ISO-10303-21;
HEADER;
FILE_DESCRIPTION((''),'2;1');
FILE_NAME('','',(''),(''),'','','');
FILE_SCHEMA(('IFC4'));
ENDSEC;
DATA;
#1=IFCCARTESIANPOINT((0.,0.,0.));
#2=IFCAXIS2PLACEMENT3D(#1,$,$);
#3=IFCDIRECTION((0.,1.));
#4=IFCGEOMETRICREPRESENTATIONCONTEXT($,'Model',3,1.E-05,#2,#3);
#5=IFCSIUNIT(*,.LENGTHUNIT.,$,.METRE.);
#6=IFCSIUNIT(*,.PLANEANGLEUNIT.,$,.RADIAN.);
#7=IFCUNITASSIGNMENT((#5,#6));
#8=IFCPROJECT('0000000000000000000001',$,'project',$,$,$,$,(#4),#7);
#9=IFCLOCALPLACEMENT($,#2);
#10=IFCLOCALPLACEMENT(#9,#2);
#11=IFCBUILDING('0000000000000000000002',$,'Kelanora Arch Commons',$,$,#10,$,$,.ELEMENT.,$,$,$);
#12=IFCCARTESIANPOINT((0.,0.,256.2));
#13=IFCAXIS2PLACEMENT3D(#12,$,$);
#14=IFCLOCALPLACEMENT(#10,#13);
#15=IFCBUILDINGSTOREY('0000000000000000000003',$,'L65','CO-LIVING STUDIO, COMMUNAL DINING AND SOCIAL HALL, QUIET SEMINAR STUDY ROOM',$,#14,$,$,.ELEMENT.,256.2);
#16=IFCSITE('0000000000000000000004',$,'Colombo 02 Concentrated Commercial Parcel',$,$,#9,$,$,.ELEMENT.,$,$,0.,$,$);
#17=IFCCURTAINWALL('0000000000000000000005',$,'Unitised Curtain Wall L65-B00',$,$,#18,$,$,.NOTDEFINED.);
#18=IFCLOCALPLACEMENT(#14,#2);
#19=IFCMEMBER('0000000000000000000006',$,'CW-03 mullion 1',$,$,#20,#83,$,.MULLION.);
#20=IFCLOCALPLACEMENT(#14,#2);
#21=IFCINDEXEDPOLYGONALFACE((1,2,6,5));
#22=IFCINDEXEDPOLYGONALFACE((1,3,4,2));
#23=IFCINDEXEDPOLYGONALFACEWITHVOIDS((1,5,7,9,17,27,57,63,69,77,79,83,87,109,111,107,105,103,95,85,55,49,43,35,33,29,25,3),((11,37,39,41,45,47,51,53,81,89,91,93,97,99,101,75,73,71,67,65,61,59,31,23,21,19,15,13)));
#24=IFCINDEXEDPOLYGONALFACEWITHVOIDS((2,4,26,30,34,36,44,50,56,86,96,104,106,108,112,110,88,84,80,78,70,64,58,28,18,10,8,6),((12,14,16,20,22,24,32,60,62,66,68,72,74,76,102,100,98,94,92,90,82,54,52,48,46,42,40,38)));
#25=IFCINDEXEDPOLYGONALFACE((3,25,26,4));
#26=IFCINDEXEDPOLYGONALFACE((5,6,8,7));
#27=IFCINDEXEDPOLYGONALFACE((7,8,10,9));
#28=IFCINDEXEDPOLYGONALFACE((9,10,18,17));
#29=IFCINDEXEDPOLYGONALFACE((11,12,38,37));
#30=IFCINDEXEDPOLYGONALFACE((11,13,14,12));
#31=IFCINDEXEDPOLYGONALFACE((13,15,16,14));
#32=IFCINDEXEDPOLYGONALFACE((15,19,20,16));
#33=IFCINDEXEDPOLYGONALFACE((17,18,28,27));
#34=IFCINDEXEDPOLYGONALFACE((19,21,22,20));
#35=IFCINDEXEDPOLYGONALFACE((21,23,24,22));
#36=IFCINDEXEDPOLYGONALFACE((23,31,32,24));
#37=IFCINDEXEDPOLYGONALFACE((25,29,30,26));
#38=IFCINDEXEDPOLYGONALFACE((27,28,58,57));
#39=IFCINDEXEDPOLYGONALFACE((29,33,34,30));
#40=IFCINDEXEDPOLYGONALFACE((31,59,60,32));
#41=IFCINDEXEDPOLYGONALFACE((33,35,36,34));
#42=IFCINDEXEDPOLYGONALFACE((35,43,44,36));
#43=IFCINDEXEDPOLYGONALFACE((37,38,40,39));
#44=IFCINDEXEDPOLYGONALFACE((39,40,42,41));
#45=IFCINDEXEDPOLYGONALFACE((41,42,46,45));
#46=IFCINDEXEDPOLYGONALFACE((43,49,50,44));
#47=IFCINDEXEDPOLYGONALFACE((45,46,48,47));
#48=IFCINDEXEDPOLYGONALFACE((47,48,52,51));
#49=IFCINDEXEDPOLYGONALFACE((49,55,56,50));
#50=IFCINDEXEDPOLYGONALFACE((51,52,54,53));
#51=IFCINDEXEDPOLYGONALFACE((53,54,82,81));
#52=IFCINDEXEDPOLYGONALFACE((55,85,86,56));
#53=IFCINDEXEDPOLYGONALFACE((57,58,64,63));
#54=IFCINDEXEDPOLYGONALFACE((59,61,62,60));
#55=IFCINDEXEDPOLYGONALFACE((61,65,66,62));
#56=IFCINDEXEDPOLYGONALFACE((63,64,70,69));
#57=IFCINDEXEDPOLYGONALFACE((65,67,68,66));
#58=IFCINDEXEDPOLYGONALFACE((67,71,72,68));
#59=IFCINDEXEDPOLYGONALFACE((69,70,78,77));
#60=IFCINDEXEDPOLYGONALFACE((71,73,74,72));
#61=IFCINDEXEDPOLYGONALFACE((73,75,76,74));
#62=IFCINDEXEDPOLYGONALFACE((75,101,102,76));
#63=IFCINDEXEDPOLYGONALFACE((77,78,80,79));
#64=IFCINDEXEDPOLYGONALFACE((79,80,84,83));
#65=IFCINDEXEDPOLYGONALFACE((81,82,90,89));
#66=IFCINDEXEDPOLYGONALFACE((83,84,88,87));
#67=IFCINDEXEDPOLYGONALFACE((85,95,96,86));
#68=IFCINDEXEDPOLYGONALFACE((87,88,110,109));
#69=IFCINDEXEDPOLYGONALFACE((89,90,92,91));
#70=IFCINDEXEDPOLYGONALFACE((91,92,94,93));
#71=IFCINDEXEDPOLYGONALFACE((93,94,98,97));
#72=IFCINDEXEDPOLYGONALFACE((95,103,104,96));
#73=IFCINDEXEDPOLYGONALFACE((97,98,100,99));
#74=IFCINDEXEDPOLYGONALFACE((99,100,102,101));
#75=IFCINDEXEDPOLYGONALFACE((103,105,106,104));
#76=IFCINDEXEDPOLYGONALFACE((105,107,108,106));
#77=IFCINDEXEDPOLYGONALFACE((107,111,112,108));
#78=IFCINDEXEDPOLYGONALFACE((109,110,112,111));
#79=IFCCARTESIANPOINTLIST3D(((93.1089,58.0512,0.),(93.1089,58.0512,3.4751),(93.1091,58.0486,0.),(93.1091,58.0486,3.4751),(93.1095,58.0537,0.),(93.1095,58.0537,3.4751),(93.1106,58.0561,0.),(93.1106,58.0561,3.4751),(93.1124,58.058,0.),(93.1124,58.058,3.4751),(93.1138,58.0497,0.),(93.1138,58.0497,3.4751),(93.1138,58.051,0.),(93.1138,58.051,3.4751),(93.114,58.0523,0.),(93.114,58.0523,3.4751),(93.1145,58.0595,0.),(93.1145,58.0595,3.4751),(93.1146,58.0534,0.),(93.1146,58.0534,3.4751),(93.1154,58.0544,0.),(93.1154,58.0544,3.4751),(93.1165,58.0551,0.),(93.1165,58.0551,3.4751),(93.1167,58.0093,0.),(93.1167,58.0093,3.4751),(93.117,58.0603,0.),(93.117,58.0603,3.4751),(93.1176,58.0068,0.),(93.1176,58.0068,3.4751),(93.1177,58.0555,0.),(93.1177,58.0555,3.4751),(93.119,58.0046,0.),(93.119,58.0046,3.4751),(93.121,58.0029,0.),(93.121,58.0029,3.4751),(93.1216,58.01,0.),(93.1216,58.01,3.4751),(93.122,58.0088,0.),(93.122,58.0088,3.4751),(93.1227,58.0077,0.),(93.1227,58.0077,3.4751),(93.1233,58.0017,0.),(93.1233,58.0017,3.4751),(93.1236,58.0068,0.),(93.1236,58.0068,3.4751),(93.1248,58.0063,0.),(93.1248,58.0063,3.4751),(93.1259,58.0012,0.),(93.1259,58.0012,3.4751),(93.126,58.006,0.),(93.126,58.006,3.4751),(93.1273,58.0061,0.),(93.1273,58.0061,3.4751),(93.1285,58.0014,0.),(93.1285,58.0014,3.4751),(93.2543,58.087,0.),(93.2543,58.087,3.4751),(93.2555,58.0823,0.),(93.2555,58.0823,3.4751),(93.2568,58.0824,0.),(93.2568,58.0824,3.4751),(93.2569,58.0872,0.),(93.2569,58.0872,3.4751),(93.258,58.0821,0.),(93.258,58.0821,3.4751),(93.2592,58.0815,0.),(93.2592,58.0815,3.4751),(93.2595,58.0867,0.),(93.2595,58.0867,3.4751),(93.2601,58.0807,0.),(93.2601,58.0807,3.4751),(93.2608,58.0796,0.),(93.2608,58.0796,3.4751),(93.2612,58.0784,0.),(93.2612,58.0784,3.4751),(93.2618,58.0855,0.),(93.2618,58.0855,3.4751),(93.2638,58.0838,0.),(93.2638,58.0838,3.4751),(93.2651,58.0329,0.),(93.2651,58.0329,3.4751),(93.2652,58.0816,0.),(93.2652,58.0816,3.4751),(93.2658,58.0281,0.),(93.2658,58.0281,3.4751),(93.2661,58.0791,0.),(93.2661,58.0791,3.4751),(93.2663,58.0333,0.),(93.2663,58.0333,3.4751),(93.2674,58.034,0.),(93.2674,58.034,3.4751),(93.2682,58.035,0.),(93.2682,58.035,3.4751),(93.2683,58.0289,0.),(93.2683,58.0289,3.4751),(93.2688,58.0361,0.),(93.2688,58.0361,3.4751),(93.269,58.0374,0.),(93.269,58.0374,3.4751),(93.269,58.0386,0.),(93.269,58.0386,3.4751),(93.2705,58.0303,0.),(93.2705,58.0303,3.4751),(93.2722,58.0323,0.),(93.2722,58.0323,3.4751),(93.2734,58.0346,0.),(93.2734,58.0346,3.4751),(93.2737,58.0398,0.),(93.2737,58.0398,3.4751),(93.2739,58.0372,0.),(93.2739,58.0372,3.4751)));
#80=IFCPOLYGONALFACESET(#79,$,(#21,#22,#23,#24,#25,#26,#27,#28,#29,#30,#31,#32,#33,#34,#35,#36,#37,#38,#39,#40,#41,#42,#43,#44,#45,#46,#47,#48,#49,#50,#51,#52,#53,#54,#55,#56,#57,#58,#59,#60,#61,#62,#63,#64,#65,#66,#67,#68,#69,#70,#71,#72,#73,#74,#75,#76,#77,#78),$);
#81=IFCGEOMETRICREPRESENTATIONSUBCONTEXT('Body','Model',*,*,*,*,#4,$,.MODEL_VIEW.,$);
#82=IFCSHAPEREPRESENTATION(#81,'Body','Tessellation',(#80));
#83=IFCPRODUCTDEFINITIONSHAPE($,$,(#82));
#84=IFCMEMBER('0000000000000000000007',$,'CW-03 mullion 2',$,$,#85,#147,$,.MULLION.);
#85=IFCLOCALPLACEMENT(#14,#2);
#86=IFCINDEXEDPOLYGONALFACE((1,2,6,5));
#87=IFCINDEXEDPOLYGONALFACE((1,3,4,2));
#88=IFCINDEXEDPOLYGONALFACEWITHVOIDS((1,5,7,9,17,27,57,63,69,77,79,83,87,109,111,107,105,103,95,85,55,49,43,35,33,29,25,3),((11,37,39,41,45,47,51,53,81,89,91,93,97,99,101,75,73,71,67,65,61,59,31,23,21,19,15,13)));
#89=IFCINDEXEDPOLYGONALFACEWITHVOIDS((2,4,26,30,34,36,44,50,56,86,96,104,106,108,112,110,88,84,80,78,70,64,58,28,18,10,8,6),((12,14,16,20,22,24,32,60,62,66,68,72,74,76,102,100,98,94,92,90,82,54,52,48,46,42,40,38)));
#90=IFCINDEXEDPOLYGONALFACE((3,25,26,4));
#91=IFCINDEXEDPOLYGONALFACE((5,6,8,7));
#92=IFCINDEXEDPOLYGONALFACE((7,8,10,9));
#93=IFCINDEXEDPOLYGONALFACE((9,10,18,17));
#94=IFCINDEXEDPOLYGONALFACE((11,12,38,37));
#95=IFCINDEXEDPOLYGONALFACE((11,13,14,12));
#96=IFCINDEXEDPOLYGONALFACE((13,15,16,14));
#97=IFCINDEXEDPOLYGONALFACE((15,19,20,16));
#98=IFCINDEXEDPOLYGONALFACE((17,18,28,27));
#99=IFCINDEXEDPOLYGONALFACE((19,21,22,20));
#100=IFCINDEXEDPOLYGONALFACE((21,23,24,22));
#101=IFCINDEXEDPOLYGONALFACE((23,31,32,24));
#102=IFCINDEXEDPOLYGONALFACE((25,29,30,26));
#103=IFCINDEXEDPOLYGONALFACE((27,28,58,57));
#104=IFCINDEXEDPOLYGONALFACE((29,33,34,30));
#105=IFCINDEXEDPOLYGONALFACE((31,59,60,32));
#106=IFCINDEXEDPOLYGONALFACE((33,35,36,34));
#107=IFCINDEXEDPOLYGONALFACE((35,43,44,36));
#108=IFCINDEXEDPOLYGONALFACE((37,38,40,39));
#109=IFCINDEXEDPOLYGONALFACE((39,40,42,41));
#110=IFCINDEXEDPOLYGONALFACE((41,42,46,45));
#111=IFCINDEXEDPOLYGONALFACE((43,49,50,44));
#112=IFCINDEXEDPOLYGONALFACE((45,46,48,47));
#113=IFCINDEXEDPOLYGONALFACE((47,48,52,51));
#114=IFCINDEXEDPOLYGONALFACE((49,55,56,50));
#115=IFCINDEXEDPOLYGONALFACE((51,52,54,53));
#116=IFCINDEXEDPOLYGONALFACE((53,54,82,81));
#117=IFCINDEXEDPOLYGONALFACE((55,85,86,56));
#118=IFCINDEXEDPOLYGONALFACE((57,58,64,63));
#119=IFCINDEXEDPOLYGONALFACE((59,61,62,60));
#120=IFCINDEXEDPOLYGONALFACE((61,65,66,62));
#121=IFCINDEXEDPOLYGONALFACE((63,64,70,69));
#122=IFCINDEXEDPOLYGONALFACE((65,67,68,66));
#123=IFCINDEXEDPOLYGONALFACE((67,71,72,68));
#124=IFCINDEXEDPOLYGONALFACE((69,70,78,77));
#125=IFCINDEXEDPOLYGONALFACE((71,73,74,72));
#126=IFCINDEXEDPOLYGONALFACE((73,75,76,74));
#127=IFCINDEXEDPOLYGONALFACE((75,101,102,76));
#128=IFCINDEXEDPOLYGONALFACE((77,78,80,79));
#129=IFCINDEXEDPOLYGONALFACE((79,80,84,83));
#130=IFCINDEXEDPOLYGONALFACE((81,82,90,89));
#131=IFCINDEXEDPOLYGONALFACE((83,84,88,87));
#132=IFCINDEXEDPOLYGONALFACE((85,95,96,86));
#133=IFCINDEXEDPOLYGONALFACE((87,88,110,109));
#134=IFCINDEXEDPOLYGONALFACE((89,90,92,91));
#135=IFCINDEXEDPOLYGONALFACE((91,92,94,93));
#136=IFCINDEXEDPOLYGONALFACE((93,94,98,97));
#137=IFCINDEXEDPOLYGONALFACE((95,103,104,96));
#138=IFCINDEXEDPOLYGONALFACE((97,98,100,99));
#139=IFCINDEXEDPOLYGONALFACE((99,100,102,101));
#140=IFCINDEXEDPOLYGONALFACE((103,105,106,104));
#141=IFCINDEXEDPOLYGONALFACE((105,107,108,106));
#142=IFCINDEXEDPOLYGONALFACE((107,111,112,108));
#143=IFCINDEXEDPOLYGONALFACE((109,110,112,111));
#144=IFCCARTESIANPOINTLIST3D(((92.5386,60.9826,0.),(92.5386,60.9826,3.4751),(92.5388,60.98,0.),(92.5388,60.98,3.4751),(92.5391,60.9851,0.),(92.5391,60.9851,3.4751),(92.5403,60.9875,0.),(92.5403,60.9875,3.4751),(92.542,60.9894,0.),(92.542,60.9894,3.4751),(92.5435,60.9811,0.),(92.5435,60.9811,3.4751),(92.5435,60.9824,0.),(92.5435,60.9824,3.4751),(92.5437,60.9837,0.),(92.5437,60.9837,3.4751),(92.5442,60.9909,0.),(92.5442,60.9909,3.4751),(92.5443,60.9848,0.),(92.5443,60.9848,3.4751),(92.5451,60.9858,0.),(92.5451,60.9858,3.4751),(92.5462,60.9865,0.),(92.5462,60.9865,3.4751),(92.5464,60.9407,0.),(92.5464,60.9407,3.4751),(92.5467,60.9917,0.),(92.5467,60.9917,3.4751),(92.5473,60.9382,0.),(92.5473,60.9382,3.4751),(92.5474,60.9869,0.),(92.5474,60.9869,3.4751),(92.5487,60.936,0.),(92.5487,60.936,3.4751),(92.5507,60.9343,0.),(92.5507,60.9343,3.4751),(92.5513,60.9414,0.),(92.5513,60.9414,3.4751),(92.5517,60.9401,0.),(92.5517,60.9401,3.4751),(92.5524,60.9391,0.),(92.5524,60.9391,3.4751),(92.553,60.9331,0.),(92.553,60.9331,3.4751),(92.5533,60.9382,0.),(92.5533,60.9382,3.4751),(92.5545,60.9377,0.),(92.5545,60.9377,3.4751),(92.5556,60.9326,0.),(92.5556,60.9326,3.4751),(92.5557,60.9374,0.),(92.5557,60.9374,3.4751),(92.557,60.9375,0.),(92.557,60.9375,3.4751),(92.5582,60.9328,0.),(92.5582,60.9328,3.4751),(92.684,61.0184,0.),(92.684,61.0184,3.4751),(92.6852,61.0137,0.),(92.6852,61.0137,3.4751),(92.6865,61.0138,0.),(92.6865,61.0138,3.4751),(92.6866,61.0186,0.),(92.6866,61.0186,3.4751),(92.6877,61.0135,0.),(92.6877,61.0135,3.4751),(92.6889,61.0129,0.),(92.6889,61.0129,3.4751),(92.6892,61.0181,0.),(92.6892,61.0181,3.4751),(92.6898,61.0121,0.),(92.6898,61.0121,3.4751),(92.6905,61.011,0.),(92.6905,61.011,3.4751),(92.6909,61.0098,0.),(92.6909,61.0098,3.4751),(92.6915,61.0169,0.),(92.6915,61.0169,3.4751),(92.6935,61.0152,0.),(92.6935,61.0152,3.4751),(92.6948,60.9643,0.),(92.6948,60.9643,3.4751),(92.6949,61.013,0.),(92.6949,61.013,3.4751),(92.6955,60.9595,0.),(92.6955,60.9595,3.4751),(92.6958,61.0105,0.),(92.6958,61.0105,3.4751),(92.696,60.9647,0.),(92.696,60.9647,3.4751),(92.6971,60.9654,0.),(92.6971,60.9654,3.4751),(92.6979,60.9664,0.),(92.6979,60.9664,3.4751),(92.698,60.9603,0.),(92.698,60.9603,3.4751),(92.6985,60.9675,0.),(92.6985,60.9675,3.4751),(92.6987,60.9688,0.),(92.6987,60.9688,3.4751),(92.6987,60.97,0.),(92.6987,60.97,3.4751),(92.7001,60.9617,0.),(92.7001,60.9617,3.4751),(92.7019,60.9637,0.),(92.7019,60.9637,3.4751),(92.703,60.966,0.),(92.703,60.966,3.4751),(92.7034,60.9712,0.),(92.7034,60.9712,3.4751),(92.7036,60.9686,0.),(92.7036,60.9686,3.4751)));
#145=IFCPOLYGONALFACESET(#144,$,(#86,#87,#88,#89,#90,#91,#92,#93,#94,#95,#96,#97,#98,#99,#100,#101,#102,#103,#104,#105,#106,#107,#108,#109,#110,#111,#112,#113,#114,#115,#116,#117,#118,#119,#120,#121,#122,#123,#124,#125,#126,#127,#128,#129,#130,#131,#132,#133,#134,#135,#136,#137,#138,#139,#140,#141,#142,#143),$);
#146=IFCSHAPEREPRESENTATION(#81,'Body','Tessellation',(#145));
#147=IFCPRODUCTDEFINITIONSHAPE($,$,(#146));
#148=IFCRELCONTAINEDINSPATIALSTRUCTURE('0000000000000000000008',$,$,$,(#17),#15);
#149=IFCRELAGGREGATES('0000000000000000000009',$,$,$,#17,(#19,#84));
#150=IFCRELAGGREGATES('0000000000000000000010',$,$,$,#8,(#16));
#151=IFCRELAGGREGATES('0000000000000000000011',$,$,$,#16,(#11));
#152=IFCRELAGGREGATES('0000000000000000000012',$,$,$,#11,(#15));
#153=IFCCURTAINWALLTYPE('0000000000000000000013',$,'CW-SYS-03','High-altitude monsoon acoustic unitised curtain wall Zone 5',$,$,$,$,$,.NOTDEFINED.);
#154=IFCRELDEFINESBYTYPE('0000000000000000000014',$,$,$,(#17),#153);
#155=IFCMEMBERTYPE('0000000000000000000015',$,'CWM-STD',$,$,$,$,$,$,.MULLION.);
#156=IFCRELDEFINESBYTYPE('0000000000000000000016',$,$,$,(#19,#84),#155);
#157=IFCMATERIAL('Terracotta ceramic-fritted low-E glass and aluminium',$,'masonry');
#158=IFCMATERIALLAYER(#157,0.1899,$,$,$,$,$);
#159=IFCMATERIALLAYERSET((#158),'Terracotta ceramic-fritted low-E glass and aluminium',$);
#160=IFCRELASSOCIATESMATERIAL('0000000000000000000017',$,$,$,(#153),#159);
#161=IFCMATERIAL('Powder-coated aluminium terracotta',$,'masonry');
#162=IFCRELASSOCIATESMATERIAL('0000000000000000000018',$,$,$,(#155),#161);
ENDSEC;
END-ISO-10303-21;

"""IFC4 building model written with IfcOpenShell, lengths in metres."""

from ifc_helpers import new_model, si_unit, direction, frame, origin, origin_2d, place, context, subcontext, project, spatial, hollow_rectangle, extrude, material, layer, layer_set, material_profile, profile_set, type_object, element, aggregate, save


model = new_model("IFC4")

# Units and contexts
model_context = context("Model", 3, precision=1e-05, world=origin(), true_north=direction((0.0, 1.0)))
body_context = subcontext(model_context, "Body", "Model", "MODEL_VIEW")
ifc_project = project(units=[si_unit("LENGTHUNIT", "METRE"), si_unit("PLANEANGLEUNIT", "RADIAN")], contexts=[model_context])

# Site, building, storey
site_placement = place(None, origin())
site = spatial("IfcSite", under=ifc_project, at=site_placement, Name="Colombo 02 Concentrated Commercial Parcel", CompositionType="ELEMENT", RefElevation=0.0)
building_placement = place(site_placement, origin())
building = spatial("IfcBuilding", under=site, at=building_placement, Name="Kelanora Arch Commons", CompositionType="ELEMENT")
storey_placement = place(building_placement, frame((0.0, 0.0, 256.2)))
storey = spatial("IfcBuildingStorey", under=building, at=storey_placement, Name="L65", Description="CO-LIVING STUDIO, COMMUNAL DINING AND SOCIAL HALL, QUIET SEMINAR STUDY ROOM", CompositionType="ELEMENT", Elevation=256.2)

# Curtain wall, members
ifc_material_1 = material(Name="Terracotta ceramic-fritted low-E glass and aluminium", Category="masonry")
ifc_layer_1 = layer(ifc_material_1, 0.1899)
ifc_layer_set_1 = layer_set([ifc_layer_1], Name="Terracotta ceramic-fritted low-E glass and aluminium")
curtain_wall_type = type_object("IfcCurtainWallType", Name="CW-SYS-03", Description="High-altitude monsoon acoustic unitised curtain wall Zone 5", PredefinedType="NOTDEFINED", material=ifc_layer_set_1)
curtain_wall_placement = place(storey_placement, origin())
curtain_wall = element("IfcCurtainWall", 1, at=curtain_wall_placement, inside=storey, type_object=curtain_wall_type, Name="Unitised Curtain Wall L65-B00", PredefinedType="NOTDEFINED")
ifc_material_2 = material(Name="Powder-coated aluminium terracotta", Category="masonry")
ifc_material_profile_1 = material_profile(ifc_material_2, hollow_rectangle(XDim=0.1599, YDim=0.0601, WallThickness=0.0049, InnerFilletRadius=0.0049, OuterFilletRadius=0.01, at=origin_2d()), Name="CWM160x60")
ifc_profile_set_1 = profile_set([ifc_material_profile_1], Name="Powder-coated aluminium terracotta")
member_type_1 = type_object("IfcMemberType", Name="CWM-STD", PredefinedType="MULLION", material=ifc_profile_set_1)
member_1_placement = place(storey_placement, frame((93.1914, 58.0442, 0.0), z_axis=(0.0, 0.0, 1.0), x_axis=(-0.981596, -0.190972, 0.0)))
member_1 = element("IfcMember", 2, at=member_1_placement, type_object=member_type_1, Name="CW-03 mullion 1", PredefinedType="MULLION", context=body_context, shape_type="SweptSolid", body=[
    extrude(hollow_rectangle(XDim=0.1599, YDim=0.0601, WallThickness=0.0049, InnerFilletRadius=0.0049, OuterFilletRadius=0.01, at=origin_2d()), origin(), (0.0, 0.0, 1.0), 3.4751),
])
member_2_placement = place(storey_placement, frame((92.6211, 60.9756, 0.0), z_axis=(0.0, 0.0, 1.0), x_axis=(-0.981596, -0.190972, 0.0)))
member_2 = element("IfcMember", 3, at=member_2_placement, type_object=member_type_1, Name="CW-03 mullion 2", PredefinedType="MULLION", context=body_context, shape_type="SweptSolid", body=[
    extrude(hollow_rectangle(XDim=0.1599, YDim=0.0601, WallThickness=0.0049, InnerFilletRadius=0.0049, OuterFilletRadius=0.01, at=origin_2d()), origin(), (0.0, 0.0, 1.0), 3.4751),
])
aggregate(curtain_wall, [member_1, member_2])

save(model, "model.ifc")
